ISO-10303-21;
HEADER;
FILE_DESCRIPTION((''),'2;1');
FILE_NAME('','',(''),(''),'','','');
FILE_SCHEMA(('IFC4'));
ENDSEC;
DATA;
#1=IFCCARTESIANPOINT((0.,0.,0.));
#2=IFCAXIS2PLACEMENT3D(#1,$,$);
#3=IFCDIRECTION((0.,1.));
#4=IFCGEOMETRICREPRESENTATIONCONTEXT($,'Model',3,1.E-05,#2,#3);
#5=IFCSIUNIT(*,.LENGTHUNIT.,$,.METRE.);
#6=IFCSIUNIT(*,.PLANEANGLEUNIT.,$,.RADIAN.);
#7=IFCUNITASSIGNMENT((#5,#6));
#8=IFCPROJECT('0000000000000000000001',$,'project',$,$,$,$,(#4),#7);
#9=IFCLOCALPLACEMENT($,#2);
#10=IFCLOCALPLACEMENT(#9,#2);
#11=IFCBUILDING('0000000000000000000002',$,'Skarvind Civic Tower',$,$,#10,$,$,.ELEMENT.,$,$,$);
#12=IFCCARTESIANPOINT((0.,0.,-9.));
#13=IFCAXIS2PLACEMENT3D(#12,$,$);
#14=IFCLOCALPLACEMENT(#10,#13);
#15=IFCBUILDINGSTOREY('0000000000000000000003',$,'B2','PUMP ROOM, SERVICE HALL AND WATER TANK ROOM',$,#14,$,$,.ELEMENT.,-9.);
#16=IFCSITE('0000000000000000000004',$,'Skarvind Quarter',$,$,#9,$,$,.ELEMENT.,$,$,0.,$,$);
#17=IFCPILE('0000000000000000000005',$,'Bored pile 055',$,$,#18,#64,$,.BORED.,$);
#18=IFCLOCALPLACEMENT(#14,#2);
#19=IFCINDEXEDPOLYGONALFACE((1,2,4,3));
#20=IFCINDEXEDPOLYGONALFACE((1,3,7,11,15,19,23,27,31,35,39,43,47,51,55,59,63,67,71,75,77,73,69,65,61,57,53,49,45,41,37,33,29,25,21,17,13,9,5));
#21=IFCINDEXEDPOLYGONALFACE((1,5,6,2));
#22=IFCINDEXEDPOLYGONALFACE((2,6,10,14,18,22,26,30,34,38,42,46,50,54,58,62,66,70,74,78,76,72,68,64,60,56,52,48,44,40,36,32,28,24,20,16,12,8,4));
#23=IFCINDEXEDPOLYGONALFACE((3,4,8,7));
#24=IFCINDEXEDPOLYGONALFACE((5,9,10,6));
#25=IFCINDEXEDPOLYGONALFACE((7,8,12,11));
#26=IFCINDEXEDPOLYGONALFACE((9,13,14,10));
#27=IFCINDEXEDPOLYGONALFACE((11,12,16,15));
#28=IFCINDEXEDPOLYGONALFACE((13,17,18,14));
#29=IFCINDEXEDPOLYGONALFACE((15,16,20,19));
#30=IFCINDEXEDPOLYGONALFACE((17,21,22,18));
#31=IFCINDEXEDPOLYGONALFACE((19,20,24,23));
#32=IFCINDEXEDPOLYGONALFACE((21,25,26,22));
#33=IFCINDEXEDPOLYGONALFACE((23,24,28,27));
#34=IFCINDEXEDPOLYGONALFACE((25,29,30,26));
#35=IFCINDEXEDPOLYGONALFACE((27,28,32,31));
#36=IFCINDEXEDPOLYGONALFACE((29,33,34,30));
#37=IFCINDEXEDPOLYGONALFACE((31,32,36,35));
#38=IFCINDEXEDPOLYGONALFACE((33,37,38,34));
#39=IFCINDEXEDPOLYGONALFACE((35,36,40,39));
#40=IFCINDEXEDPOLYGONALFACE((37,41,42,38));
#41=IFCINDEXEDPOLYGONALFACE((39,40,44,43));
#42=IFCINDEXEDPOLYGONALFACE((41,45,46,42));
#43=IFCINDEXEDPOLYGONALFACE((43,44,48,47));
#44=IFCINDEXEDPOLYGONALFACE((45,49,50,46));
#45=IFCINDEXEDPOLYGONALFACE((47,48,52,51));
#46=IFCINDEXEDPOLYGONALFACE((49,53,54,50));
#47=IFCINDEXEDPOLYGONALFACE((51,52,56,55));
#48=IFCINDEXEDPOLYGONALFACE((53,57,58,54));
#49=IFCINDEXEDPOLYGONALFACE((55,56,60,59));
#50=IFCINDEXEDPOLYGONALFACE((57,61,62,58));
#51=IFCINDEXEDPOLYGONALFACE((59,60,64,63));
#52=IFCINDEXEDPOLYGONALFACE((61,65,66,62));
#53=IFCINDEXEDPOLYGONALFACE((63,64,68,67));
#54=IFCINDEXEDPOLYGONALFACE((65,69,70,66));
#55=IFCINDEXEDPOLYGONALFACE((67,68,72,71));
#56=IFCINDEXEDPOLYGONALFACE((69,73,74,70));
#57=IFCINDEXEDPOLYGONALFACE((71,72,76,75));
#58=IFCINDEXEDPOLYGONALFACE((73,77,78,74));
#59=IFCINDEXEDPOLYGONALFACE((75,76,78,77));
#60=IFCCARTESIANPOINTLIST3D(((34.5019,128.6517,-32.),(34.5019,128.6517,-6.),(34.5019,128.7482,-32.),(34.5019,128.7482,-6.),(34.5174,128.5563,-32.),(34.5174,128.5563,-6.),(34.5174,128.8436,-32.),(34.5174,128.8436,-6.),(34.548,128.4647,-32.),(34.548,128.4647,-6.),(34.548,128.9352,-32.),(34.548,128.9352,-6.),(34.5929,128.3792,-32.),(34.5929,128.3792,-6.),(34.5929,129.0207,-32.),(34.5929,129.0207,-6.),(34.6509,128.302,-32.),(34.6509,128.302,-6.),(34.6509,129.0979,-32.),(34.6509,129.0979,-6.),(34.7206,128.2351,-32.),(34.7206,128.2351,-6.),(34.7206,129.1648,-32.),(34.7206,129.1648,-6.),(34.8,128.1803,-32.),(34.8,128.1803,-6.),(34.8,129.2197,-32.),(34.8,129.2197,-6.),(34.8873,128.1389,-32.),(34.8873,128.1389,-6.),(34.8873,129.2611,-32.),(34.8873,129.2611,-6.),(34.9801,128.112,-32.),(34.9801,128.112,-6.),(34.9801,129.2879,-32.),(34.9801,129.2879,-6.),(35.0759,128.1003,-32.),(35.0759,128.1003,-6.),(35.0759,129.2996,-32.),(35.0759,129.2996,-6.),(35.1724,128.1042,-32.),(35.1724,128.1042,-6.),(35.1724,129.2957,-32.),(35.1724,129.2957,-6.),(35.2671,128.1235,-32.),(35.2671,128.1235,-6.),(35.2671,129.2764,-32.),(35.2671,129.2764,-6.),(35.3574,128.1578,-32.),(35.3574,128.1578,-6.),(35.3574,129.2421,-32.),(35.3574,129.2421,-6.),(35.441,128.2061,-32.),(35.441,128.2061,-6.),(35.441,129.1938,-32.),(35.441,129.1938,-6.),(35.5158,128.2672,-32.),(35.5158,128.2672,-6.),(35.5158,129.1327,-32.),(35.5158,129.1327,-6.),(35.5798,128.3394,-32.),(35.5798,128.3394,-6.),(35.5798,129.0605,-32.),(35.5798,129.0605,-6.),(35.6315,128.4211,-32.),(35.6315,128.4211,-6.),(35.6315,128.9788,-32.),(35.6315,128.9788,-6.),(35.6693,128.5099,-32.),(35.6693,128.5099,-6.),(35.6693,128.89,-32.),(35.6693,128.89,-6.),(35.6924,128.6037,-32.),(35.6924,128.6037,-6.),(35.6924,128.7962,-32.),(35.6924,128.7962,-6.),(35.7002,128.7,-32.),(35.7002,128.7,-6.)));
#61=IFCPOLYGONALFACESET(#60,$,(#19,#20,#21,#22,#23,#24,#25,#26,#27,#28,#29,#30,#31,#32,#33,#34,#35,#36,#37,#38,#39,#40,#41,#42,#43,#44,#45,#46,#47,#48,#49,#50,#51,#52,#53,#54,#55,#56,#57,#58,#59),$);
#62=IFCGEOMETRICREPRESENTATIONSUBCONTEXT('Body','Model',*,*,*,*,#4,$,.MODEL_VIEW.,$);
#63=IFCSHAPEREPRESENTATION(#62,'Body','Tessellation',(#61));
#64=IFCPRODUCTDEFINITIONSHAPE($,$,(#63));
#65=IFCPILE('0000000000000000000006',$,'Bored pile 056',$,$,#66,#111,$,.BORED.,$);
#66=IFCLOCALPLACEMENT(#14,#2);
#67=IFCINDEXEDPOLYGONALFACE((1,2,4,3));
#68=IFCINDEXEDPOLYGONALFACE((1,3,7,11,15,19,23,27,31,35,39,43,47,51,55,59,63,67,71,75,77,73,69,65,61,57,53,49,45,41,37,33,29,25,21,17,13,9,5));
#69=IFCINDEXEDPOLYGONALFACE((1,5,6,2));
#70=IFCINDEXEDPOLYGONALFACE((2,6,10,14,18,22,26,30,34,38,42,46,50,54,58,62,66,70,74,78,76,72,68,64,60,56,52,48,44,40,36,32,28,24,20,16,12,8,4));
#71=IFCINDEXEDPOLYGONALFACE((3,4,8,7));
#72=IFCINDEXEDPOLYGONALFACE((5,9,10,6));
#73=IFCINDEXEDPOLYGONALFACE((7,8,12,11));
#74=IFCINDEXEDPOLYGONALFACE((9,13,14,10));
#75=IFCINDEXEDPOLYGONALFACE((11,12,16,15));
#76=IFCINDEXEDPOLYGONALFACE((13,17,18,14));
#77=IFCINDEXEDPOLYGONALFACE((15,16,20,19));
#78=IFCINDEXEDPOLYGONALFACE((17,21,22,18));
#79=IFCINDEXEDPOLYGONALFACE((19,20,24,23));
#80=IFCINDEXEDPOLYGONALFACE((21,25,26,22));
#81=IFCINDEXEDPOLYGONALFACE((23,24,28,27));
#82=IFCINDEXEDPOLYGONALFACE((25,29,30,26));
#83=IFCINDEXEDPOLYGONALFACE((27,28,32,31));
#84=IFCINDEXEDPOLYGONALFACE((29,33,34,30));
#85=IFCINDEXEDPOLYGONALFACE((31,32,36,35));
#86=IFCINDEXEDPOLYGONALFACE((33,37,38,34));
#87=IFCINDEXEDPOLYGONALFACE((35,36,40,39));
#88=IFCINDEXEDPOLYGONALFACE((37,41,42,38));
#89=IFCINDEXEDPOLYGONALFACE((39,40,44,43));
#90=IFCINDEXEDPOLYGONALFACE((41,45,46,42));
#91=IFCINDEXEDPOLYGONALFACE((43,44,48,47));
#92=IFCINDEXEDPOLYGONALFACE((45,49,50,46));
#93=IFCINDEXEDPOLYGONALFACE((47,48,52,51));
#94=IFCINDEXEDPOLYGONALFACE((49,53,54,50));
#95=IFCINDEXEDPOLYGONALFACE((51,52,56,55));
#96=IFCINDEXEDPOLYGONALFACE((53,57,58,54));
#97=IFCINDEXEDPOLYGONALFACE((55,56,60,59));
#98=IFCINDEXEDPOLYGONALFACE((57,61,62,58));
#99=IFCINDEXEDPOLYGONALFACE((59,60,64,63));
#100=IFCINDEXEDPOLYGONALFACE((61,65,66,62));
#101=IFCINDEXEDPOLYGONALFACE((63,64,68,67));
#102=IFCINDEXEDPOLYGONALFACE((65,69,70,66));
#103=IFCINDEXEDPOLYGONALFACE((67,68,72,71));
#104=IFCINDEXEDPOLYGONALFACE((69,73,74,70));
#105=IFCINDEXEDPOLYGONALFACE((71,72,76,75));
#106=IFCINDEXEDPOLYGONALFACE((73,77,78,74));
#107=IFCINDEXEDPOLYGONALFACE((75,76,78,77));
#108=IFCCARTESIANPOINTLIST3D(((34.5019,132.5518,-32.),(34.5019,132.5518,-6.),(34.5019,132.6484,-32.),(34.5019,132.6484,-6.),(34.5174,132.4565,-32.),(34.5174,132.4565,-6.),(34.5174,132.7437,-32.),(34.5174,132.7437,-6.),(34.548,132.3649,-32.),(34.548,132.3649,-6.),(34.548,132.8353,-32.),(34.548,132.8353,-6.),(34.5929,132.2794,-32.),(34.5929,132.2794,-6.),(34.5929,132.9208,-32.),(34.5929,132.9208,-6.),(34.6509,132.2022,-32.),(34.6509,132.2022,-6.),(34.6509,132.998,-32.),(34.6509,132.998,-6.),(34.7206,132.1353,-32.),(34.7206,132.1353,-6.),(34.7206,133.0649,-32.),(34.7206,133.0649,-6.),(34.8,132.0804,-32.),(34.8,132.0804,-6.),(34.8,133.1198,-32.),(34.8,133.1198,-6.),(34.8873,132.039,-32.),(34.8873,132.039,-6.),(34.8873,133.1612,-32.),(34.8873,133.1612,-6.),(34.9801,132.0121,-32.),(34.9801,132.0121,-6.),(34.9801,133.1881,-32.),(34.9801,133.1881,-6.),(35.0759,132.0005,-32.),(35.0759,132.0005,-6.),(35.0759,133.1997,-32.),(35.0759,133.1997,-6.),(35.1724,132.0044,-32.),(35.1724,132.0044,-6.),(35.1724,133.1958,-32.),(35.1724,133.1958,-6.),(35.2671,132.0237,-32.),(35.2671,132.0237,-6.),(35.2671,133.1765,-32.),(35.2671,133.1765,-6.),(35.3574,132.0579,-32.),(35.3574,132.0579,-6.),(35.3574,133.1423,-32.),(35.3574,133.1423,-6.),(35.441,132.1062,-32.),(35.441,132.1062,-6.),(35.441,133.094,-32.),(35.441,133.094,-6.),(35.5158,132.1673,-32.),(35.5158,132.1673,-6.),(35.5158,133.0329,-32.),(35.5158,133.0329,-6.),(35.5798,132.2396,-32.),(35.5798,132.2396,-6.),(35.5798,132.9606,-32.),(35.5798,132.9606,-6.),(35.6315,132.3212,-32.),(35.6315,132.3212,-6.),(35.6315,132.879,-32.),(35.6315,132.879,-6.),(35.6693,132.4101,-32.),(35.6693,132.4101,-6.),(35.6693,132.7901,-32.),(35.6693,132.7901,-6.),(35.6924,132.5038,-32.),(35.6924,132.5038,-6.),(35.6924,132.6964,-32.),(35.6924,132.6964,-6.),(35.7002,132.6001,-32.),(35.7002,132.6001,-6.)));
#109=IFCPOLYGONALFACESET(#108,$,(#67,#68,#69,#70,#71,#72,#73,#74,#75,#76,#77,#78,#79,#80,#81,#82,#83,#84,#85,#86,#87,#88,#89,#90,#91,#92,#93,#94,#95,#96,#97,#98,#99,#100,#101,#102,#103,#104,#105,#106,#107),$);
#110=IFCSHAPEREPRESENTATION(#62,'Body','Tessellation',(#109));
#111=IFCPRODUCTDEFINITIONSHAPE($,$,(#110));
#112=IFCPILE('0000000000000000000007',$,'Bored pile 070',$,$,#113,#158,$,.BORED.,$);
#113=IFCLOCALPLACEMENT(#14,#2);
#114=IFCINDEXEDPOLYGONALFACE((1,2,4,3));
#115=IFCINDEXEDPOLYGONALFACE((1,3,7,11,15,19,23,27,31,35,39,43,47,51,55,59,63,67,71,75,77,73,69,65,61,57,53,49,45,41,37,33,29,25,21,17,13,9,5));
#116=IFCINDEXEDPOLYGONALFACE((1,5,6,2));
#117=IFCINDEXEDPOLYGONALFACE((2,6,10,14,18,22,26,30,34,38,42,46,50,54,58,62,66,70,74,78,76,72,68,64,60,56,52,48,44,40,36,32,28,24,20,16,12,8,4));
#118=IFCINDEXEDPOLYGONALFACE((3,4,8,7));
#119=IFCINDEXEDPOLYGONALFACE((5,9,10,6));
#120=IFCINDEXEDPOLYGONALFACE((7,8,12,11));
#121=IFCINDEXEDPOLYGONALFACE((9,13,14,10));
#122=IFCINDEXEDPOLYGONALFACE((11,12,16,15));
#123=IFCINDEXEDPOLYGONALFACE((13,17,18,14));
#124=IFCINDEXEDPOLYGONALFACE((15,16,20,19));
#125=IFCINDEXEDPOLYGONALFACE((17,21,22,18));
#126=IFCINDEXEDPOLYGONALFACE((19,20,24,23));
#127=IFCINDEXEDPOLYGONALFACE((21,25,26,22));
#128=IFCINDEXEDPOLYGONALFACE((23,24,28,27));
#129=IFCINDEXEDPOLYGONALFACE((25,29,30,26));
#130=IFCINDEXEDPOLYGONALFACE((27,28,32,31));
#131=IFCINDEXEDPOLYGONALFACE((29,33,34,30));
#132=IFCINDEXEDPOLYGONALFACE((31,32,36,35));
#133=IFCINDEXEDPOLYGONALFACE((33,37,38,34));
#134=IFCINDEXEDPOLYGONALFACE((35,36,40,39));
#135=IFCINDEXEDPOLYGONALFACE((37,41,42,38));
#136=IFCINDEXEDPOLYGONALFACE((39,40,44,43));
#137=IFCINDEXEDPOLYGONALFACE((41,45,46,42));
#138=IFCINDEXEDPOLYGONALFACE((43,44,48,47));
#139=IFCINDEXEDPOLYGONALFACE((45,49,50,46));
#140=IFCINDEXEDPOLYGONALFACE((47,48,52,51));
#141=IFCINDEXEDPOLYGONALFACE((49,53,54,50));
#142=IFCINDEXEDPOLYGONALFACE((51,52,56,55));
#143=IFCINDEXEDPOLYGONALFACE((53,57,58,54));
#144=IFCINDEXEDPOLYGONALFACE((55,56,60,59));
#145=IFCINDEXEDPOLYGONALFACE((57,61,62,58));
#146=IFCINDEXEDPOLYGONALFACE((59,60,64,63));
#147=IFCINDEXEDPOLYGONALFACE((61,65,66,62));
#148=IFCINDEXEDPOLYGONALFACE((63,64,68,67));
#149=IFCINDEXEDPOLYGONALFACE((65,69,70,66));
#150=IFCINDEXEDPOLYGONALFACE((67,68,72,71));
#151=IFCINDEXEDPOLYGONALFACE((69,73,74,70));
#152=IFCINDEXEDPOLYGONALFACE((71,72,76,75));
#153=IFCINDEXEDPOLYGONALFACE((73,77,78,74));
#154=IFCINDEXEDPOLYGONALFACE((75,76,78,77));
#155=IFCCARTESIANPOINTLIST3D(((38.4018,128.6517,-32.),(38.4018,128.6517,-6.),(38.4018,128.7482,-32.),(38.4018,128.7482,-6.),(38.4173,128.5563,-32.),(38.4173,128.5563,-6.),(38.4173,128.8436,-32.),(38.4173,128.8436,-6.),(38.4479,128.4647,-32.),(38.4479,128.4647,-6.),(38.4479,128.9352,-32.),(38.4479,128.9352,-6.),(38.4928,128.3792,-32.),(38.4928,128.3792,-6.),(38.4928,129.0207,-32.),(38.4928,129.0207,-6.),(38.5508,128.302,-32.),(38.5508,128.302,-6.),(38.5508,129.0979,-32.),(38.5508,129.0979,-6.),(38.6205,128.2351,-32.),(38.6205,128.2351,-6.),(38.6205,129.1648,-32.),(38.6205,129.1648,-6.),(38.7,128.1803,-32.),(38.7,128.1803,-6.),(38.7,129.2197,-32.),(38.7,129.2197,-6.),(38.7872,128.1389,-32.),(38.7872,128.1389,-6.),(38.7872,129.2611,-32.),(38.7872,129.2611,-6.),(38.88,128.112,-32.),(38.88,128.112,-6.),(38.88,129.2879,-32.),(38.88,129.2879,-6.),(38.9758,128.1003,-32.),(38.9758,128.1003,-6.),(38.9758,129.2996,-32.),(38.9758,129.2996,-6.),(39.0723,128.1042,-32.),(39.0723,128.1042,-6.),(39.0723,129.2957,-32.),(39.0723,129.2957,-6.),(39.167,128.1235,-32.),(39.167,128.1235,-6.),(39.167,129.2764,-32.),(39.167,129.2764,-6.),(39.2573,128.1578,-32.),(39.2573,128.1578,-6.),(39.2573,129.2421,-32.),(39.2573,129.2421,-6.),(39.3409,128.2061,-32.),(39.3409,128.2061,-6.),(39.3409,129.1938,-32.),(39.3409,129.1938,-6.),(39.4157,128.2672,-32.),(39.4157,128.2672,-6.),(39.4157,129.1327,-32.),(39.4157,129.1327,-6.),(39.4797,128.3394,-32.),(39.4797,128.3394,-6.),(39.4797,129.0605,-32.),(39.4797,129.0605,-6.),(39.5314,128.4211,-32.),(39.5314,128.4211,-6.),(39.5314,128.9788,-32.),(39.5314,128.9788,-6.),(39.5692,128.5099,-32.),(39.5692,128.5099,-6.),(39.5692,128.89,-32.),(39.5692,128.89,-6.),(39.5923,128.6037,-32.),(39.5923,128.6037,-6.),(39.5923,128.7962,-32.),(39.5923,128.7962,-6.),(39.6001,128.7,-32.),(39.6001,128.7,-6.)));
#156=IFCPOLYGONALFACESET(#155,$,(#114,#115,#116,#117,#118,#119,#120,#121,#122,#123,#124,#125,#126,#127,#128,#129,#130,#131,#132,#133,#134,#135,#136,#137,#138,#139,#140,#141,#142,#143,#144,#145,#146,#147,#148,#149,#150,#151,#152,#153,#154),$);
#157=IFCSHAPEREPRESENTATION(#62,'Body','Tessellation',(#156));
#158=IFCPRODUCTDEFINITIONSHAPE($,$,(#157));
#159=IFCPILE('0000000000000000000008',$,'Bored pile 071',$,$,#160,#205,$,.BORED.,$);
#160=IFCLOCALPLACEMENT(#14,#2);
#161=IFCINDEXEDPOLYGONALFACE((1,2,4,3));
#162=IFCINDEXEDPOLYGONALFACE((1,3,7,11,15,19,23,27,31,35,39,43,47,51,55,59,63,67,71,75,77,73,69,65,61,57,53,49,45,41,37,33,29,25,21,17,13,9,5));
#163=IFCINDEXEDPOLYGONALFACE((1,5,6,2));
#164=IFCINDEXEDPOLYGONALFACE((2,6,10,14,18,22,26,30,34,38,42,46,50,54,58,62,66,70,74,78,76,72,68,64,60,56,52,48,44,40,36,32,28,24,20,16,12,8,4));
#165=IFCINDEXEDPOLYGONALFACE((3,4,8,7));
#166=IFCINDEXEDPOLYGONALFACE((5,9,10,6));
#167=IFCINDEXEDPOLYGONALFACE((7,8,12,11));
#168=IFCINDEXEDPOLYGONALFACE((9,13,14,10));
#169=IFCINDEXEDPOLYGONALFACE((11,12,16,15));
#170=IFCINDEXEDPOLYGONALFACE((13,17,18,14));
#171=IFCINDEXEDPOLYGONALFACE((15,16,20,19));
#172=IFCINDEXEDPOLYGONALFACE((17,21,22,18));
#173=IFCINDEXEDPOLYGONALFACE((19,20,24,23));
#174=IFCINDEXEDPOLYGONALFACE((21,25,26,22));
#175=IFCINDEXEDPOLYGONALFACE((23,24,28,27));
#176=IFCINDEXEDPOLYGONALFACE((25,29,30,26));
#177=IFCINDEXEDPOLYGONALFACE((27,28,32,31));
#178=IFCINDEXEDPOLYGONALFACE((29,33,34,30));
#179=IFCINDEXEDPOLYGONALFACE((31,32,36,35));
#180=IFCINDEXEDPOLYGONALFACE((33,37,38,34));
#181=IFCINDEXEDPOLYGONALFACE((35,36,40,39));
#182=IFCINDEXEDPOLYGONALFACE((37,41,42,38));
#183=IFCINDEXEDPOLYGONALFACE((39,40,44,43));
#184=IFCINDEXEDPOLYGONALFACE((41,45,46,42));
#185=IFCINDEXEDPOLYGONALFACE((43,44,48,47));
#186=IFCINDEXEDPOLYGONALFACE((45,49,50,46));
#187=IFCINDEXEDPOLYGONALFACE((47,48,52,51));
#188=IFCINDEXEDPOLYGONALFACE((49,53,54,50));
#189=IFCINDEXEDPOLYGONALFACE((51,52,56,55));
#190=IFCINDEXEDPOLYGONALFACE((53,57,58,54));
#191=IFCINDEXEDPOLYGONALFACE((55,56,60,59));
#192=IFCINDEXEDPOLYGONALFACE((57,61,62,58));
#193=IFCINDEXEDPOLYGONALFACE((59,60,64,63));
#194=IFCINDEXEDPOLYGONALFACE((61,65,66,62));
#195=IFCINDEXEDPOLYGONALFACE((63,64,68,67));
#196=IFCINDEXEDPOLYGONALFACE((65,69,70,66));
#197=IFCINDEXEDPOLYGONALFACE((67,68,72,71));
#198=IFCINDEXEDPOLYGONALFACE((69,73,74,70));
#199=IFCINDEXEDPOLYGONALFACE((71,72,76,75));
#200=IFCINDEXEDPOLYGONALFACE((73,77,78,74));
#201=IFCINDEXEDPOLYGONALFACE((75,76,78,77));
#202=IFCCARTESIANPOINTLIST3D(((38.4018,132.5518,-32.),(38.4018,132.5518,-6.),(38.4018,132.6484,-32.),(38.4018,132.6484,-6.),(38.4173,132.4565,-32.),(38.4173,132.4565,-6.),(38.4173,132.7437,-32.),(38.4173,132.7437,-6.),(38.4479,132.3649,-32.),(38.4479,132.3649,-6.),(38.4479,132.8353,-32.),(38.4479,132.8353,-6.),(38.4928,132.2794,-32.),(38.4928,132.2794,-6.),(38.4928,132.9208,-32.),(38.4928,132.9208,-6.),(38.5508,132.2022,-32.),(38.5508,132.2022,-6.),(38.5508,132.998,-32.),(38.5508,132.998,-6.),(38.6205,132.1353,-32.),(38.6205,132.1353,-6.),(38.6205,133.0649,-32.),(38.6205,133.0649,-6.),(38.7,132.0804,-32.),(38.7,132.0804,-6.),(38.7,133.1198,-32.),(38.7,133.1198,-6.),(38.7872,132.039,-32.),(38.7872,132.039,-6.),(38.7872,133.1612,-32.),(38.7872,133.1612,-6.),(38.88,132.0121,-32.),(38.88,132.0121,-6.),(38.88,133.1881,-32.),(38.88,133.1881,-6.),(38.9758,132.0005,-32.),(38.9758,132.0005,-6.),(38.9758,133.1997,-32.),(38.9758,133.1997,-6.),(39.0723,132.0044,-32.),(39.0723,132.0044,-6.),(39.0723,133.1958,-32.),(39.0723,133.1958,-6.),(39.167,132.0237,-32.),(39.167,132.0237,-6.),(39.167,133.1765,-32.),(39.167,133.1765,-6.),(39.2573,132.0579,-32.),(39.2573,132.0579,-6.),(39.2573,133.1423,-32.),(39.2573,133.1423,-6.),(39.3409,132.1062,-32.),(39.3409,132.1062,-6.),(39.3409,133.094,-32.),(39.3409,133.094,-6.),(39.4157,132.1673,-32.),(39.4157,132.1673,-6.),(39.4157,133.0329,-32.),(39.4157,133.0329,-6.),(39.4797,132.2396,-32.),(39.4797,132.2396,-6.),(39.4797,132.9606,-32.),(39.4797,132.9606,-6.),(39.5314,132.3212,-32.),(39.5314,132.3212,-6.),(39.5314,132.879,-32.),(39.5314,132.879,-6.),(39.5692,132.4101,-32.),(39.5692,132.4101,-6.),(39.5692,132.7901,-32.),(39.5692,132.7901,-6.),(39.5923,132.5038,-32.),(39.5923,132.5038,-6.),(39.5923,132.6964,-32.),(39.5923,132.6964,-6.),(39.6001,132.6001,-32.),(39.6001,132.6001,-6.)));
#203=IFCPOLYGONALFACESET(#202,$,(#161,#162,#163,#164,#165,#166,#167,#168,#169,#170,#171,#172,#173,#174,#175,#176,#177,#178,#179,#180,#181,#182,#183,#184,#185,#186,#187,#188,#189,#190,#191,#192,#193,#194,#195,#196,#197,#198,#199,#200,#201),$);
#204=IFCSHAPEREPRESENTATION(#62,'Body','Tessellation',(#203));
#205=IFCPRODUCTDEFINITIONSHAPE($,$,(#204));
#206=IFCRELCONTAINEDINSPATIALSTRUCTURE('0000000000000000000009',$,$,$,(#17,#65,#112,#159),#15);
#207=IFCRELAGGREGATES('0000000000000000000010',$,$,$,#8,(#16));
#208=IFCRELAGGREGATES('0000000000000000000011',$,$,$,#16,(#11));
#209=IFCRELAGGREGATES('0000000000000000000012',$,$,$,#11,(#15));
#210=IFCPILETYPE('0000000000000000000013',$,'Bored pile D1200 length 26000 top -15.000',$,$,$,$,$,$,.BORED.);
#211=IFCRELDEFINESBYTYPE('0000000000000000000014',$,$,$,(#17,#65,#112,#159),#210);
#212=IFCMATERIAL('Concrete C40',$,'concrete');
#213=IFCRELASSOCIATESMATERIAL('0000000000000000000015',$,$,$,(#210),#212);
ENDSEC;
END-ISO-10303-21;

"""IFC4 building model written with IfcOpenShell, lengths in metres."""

from ifc_helpers import new_model, si_unit, direction, frame, origin, origin_2d, place, context, subcontext, project, spatial, circle, extrude, material, type_object, element, save


model = new_model("IFC4")

# Units and contexts
model_context = context("Model", 3, precision=1e-05, world=origin(), true_north=direction((0.0, 1.0)))
body_context = subcontext(model_context, "Body", "Model", "MODEL_VIEW")
ifc_project = project(units=[si_unit("LENGTHUNIT", "METRE"), si_unit("PLANEANGLEUNIT", "RADIAN")], contexts=[model_context])

# Site, building, storey
site_placement = place(None, origin())
site = spatial("IfcSite", under=ifc_project, at=site_placement, Name="Skarvind Quarter", CompositionType="ELEMENT", RefElevation=0.0)
building_placement = place(site_placement, origin())
building = spatial("IfcBuilding", under=site, at=building_placement, Name="Skarvind Civic Tower", CompositionType="ELEMENT")
storey_placement = place(building_placement, frame((0.0, 0.0, -9.0)))
storey = spatial("IfcBuildingStorey", under=building, at=storey_placement, Name="B2", Description="PUMP ROOM, SERVICE HALL AND WATER TANK ROOM", CompositionType="ELEMENT", Elevation=-9.0)

# Piles
ifc_material_1 = material(Name="Concrete C40", Category="concrete")
pile_type_1 = type_object("IfcPileType", Name="Bored pile D1200 length 26000 top -15.000", PredefinedType="BORED", material=ifc_material_1)
for number, where, z_axis, x_axis, name in (
    (1, (35.1001, 128.7, -6.0), (0.0, 0.0, -1.0), (1.0, 0.0, 0.0), "Bored pile 055"),
    (2, (35.1001, 132.6001, -6.0), (0.0, 0.0, -1.0), (1.0, 0.0, 0.0), "Bored pile 056"),
    (3, (39.0, 128.7, -6.0), (0.0, 0.0, -1.0), (1.0, 0.0, 0.0), "Bored pile 070"),
    (4, (39.0, 132.6001, -6.0), (0.0, 0.0, -1.0), (1.0, 0.0, 0.0), "Bored pile 071"),
):
    element("IfcPile", number, at=place(storey_placement, frame(where, z_axis=z_axis, x_axis=x_axis)), inside=storey, type_object=pile_type_1, Name=name, PredefinedType="BORED", context=body_context, shape_type="SweptSolid", body=[
        extrude(circle(Radius=0.6001, at=origin_2d()), origin(), (0.0, 0.0, 1.0), 26.0),
    ])

save(model, "model.ifc")
